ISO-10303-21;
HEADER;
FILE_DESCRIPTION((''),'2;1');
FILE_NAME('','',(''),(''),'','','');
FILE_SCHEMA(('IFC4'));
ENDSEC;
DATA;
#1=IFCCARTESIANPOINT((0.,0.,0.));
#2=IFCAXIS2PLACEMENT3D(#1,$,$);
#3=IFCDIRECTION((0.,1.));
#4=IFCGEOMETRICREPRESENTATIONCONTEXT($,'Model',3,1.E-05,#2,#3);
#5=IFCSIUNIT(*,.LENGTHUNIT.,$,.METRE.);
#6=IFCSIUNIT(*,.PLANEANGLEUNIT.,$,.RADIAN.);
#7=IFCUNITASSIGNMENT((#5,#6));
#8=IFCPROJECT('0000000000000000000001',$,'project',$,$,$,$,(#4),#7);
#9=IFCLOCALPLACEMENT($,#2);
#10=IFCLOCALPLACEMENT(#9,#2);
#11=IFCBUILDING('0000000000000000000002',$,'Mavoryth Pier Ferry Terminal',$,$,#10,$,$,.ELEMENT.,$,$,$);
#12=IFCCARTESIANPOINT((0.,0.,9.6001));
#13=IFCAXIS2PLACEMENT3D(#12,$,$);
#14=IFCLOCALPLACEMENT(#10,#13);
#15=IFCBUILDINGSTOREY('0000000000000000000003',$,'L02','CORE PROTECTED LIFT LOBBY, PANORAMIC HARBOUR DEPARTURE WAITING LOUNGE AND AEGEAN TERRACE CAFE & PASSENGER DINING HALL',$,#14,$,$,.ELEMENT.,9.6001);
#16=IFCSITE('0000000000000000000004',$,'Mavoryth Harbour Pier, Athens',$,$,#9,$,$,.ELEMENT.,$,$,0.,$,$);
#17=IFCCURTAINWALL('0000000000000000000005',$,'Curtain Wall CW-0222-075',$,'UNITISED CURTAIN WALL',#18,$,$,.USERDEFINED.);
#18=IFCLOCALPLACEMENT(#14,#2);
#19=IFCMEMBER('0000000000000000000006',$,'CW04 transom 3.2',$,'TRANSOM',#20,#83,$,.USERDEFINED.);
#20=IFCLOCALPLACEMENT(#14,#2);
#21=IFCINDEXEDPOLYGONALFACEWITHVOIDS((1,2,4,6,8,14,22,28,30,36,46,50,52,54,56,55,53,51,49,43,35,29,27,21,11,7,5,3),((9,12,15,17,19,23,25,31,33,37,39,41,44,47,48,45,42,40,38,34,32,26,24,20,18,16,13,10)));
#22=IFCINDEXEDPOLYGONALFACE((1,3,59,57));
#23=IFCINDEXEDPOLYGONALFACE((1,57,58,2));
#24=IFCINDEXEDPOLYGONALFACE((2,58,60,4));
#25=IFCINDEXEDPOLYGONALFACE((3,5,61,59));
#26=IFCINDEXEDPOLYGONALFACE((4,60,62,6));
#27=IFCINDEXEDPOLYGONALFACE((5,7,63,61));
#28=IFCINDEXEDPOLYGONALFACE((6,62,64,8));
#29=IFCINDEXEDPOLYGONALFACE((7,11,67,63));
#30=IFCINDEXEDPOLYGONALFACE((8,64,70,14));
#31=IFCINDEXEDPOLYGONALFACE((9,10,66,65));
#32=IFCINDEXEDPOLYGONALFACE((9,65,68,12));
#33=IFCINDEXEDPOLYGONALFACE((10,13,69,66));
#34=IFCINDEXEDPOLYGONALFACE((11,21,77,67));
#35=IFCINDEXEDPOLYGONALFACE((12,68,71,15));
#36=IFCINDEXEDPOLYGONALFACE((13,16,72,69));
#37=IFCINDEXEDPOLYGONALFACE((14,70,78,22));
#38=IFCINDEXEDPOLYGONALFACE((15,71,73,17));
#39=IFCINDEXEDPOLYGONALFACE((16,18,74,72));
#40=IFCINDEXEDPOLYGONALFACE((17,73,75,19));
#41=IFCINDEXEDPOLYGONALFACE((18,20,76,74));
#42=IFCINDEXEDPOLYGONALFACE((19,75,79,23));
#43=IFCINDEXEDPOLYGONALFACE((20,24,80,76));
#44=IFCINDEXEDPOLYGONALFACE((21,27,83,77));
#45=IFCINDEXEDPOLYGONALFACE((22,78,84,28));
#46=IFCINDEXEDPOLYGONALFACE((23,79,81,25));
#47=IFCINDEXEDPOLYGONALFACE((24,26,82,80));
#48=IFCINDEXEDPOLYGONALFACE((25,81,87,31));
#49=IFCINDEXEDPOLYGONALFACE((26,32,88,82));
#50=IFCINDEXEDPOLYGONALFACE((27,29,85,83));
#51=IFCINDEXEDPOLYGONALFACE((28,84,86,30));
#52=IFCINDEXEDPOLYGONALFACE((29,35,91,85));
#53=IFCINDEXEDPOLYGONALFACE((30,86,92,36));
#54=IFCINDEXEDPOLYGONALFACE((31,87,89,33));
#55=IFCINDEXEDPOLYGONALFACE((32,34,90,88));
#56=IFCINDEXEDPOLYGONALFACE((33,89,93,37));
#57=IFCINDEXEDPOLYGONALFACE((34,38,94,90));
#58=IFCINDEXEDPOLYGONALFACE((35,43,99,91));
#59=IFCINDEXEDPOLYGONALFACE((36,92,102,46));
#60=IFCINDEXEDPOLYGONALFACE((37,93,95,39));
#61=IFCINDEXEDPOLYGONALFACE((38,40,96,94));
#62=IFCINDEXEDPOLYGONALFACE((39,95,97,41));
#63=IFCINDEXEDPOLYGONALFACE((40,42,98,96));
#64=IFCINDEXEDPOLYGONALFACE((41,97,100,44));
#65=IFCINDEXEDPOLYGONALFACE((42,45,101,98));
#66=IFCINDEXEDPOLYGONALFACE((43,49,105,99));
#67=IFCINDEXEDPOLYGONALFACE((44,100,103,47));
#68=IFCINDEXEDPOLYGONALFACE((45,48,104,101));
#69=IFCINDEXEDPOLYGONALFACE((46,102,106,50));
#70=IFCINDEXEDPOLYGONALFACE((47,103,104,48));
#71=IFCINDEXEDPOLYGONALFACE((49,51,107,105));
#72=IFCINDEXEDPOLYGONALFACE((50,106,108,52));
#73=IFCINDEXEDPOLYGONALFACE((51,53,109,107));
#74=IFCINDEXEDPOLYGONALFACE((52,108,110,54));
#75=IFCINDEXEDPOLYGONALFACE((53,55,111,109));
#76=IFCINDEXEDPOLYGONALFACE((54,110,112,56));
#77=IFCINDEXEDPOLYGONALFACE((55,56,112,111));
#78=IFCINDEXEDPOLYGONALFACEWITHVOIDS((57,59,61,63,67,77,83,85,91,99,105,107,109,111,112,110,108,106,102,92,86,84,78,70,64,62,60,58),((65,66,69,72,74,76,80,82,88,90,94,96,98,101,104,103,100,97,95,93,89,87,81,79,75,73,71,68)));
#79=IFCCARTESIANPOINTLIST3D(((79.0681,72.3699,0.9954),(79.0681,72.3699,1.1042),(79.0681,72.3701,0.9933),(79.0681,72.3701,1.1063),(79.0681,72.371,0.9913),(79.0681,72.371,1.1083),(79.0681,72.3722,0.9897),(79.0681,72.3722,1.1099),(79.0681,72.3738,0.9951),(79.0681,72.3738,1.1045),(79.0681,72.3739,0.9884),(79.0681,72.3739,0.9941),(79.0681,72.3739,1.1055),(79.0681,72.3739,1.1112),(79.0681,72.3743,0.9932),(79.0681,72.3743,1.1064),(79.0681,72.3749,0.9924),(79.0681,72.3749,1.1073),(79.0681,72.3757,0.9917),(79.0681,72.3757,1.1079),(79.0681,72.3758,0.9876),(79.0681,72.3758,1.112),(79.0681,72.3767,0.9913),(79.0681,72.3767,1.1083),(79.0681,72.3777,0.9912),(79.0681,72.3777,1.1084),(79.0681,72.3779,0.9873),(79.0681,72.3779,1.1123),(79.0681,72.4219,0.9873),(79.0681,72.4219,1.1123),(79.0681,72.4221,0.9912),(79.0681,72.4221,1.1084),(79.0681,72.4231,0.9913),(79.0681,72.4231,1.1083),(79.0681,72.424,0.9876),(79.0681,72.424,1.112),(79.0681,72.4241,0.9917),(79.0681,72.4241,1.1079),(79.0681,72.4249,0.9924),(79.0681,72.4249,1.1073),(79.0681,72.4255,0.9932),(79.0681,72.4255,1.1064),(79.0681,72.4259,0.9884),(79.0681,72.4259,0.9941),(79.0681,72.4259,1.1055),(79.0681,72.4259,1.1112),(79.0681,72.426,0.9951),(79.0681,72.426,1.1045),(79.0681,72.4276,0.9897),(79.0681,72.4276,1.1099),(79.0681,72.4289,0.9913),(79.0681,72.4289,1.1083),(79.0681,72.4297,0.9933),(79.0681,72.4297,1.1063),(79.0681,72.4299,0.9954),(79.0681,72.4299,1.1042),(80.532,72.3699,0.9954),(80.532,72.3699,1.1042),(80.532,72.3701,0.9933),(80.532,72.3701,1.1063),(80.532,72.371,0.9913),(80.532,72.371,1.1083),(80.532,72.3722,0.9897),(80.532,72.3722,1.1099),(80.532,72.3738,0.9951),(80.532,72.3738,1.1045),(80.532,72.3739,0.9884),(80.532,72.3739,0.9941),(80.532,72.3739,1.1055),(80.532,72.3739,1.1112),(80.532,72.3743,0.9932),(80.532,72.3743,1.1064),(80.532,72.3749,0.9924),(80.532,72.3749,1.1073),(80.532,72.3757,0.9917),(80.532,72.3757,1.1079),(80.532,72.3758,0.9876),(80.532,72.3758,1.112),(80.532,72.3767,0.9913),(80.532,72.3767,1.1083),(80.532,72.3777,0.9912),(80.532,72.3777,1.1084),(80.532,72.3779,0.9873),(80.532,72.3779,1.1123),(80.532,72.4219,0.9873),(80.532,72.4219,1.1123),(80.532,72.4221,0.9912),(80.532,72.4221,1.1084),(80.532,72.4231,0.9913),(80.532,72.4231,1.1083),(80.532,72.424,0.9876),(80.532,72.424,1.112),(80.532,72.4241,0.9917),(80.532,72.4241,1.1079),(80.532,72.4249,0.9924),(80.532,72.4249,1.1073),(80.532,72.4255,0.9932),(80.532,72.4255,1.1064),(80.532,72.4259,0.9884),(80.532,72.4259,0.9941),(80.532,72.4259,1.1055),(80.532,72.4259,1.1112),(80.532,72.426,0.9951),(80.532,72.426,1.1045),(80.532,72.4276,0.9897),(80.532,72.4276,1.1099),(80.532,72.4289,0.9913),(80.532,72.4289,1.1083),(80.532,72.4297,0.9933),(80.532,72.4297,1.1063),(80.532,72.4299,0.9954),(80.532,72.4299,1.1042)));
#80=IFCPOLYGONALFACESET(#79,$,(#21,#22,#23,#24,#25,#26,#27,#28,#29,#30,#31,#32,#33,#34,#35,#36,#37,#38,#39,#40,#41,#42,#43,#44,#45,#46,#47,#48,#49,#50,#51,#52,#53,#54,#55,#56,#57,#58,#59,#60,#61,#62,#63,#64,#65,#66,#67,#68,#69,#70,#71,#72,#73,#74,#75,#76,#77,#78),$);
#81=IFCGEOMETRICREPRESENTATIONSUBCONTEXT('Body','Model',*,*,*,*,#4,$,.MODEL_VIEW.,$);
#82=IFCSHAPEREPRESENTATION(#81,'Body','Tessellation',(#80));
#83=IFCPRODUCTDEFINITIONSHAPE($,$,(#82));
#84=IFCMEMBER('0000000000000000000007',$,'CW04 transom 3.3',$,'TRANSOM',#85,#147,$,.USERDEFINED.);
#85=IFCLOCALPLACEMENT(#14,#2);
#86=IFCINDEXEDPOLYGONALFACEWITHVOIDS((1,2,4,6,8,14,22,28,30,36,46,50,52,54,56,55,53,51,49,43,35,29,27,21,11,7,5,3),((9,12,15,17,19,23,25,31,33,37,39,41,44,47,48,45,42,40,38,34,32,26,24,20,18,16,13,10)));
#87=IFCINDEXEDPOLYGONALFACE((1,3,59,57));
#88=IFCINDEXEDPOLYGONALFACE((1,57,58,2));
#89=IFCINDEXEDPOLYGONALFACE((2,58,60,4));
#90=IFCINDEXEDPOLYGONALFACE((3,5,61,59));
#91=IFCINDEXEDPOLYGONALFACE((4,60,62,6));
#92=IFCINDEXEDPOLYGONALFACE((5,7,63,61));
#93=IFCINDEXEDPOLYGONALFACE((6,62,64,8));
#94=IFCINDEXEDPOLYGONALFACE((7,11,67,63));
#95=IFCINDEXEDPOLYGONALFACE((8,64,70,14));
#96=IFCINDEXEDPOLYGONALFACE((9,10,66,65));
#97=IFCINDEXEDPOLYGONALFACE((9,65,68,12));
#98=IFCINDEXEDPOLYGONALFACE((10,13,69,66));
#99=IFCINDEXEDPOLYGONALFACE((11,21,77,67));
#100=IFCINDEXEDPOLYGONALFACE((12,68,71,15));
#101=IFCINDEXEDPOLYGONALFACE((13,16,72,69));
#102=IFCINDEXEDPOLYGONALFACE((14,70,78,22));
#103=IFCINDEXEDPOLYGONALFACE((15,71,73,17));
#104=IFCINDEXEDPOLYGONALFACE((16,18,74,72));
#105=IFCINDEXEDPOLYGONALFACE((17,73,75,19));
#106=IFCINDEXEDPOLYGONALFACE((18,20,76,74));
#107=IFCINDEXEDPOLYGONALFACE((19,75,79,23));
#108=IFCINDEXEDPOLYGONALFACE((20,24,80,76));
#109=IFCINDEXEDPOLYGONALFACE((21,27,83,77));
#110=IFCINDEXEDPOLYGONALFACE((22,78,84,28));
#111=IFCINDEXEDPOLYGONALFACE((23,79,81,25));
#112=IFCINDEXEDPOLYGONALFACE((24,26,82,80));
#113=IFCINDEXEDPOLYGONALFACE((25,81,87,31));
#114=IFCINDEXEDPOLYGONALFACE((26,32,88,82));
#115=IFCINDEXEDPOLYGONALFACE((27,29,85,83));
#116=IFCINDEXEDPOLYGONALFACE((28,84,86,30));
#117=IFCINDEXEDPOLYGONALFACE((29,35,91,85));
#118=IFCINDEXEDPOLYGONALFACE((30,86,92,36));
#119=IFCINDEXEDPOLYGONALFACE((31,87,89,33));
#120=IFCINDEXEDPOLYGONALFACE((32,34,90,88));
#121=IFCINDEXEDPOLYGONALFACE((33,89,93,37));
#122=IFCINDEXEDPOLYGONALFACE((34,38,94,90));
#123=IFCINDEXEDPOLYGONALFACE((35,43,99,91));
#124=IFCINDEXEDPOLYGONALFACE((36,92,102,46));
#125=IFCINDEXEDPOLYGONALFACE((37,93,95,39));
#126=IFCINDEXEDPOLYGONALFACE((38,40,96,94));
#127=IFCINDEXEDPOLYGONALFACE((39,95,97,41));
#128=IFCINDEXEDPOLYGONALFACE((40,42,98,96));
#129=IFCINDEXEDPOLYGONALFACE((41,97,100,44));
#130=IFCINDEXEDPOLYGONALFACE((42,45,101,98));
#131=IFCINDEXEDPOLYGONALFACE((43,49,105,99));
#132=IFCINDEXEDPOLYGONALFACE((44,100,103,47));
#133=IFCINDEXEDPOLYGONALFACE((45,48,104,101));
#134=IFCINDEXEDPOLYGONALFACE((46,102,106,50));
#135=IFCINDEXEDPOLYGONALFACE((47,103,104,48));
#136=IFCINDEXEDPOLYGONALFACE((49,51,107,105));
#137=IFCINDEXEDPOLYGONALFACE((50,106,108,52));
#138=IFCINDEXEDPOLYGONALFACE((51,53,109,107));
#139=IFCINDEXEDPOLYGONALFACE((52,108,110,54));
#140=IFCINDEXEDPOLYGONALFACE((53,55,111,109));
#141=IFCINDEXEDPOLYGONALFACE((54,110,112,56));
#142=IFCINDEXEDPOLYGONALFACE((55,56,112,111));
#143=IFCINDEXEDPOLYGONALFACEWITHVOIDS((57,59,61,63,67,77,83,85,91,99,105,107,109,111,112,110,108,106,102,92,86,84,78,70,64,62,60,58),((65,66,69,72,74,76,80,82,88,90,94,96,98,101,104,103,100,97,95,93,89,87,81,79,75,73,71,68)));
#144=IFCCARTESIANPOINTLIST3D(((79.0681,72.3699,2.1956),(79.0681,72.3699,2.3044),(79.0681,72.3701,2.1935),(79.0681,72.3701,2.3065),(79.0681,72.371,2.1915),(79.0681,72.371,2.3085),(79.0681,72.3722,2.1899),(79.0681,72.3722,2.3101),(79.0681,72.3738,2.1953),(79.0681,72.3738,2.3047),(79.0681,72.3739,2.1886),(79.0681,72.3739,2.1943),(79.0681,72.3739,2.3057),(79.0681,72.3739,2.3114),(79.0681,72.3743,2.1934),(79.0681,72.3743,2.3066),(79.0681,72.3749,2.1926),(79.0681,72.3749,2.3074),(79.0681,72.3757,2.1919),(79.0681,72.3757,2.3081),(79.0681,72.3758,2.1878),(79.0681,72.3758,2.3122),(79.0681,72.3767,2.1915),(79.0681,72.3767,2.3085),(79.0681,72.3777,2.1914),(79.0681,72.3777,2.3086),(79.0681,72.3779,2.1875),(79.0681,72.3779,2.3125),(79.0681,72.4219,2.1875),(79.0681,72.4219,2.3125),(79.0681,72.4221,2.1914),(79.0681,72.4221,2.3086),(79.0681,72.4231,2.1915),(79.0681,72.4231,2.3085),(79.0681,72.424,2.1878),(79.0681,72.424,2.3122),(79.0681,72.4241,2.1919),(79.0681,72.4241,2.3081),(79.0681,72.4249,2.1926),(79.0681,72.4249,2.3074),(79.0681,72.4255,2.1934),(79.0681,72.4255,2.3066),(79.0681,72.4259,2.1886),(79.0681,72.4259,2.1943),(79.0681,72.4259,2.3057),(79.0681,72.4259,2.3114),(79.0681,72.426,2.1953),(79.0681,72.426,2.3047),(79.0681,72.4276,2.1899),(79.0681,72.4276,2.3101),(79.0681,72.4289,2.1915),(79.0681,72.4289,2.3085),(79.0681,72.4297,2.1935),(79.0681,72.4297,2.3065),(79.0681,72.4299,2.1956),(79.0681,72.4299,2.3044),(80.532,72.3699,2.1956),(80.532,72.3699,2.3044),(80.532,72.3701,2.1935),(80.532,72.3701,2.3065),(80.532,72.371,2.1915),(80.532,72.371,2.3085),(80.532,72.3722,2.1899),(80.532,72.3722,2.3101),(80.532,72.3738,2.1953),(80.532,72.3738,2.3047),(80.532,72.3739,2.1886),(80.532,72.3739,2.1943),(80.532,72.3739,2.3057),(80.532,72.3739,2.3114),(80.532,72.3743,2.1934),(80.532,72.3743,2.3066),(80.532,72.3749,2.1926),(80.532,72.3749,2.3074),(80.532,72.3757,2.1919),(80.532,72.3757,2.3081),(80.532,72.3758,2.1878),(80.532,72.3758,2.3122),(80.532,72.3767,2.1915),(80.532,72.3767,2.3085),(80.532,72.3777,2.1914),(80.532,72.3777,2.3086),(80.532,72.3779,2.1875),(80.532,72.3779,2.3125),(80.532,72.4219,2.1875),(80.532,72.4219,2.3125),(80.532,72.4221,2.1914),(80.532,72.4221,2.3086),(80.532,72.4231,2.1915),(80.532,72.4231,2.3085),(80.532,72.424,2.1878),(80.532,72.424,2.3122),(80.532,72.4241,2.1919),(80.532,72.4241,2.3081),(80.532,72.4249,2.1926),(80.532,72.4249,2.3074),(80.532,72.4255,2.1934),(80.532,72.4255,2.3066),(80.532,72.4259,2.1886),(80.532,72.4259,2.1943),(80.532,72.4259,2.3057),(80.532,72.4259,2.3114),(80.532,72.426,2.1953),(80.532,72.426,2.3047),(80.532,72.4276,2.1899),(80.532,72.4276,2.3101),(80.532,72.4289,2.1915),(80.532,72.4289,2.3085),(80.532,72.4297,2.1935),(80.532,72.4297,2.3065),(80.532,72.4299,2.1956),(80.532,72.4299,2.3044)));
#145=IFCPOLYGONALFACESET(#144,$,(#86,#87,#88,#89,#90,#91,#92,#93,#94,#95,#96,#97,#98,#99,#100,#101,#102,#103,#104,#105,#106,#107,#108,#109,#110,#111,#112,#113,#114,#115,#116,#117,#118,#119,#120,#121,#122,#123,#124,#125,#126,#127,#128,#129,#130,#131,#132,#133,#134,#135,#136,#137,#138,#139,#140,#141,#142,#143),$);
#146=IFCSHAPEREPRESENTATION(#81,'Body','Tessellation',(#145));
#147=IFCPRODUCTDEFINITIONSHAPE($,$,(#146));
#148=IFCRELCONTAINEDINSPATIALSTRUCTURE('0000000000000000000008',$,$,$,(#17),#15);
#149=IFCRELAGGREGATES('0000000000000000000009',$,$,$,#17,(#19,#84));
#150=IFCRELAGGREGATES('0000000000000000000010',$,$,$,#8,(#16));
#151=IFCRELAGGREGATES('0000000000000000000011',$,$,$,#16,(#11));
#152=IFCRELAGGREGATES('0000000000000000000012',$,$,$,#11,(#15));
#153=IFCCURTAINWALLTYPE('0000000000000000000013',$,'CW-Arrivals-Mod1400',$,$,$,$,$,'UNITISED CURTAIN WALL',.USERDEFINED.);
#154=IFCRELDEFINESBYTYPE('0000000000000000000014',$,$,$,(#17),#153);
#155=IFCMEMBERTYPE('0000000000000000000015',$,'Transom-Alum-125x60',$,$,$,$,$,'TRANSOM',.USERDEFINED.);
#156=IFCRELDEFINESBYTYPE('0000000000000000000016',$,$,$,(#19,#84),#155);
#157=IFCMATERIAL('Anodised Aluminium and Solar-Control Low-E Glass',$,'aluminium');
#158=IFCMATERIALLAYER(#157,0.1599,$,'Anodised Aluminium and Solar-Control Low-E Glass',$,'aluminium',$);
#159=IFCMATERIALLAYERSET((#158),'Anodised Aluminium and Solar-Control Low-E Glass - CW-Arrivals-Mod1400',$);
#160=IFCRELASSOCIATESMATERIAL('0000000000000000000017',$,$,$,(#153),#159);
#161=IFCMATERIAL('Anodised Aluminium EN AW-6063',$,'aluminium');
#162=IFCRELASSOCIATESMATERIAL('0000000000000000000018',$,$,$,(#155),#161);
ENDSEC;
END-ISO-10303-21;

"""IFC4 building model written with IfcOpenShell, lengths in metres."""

from ifc_helpers import new_model, si_unit, direction, frame, origin, origin_2d, place, context, subcontext, project, spatial, hollow_rectangle, extrude, material, layer, layer_set, material_profile, profile_set, type_object, element, aggregate, save


model = new_model("IFC4")

# Units and contexts
model_context = context("Model", 3, precision=1e-05, world=origin(), true_north=direction((0.0, 1.0)))
body_context = subcontext(model_context, "Body", "Model", "MODEL_VIEW")
ifc_project = project(units=[si_unit("LENGTHUNIT", "METRE"), si_unit("PLANEANGLEUNIT", "RADIAN")], contexts=[model_context])

# Site, building, storey
site_placement = place(None, origin())
site = spatial("IfcSite", under=ifc_project, at=site_placement, Name="Mavoryth Harbour Pier, Athens", CompositionType="ELEMENT", RefElevation=0.0)
building_placement = place(site_placement, origin())
building = spatial("IfcBuilding", under=site, at=building_placement, Name="Mavoryth Pier Ferry Terminal", CompositionType="ELEMENT")
storey_placement = place(building_placement, frame((0.0, 0.0, 9.6001)))
storey = spatial("IfcBuildingStorey", under=building, at=storey_placement, Name="L02", Description="CORE PROTECTED LIFT LOBBY, PANORAMIC HARBOUR DEPARTURE WAITING LOUNGE AND AEGEAN TERRACE CAFE & PASSENGER DINING HALL", CompositionType="ELEMENT", Elevation=9.6001)

# Curtain wall, members
ifc_material_1 = material(Name="Anodised Aluminium and Solar-Control Low-E Glass", Category="aluminium")
ifc_layer_1 = layer(ifc_material_1, 0.1599, Name="Anodised Aluminium and Solar-Control Low-E Glass", Category="aluminium")
ifc_layer_set_1 = layer_set([ifc_layer_1], Name="Anodised Aluminium and Solar-Control Low-E Glass - CW-Arrivals-Mod1400")
curtain_wall_type = type_object("IfcCurtainWallType", Name="CW-Arrivals-Mod1400", ElementType="UNITISED CURTAIN WALL", PredefinedType="USERDEFINED", material=ifc_layer_set_1)
curtain_wall_placement = place(storey_placement, origin())
curtain_wall = element("IfcCurtainWall", 1, at=curtain_wall_placement, inside=storey, type_object=curtain_wall_type, Name="Curtain Wall CW-0222-075", ObjectType="UNITISED CURTAIN WALL", PredefinedType="USERDEFINED")
ifc_material_2 = material(Name="Anodised Aluminium EN AW-6063", Category="aluminium")
ifc_material_profile_1 = material_profile(ifc_material_2, hollow_rectangle(XDim=0.0601, YDim=0.125, WallThickness=0.0039, InnerFilletRadius=0.0039, OuterFilletRadius=0.0081, at=origin_2d()), Name="AL-TRAN 125x60x4", Category="aluminium")
ifc_profile_set_1 = profile_set([ifc_material_profile_1], Name="Anodised Aluminium EN AW-6063 - AL-TRAN 125x60x4")
member_type_1 = type_object("IfcMemberType", Name="Transom-Alum-125x60", ElementType="TRANSOM", PredefinedType="USERDEFINED", material=ifc_profile_set_1)
member_1_placement = place(storey_placement, frame((79.0681, 72.3999, 1.0498), z_axis=(1.0, 0.0, 0.0), x_axis=(0.0, 1.0, 0.0)))
member_1 = element("IfcMember", 2, at=member_1_placement, type_object=member_type_1, Name="CW04 transom 3.2", ObjectType="TRANSOM", PredefinedType="USERDEFINED", context=body_context, shape_type="SweptSolid", body=[
    extrude(hollow_rectangle(XDim=0.0601, YDim=0.125, WallThickness=0.0039, InnerFilletRadius=0.0039, OuterFilletRadius=0.0081, at=origin_2d()), origin(), (0.0, 0.0, 1.0), 1.4639),
])
member_2_placement = place(storey_placement, frame((79.0681, 72.3999, 2.25), z_axis=(1.0, 0.0, 0.0), x_axis=(0.0, 1.0, 0.0)))
member_2 = element("IfcMember", 3, at=member_2_placement, type_object=member_type_1, Name="CW04 transom 3.3", ObjectType="TRANSOM", PredefinedType="USERDEFINED", context=body_context, shape_type="SweptSolid", body=[
    extrude(hollow_rectangle(XDim=0.0601, YDim=0.125, WallThickness=0.0039, InnerFilletRadius=0.0039, OuterFilletRadius=0.0081, at=origin_2d()), origin(), (0.0, 0.0, 1.0), 1.4639),
])
aggregate(curtain_wall, [member_1, member_2])

save(model, "model.ifc")
